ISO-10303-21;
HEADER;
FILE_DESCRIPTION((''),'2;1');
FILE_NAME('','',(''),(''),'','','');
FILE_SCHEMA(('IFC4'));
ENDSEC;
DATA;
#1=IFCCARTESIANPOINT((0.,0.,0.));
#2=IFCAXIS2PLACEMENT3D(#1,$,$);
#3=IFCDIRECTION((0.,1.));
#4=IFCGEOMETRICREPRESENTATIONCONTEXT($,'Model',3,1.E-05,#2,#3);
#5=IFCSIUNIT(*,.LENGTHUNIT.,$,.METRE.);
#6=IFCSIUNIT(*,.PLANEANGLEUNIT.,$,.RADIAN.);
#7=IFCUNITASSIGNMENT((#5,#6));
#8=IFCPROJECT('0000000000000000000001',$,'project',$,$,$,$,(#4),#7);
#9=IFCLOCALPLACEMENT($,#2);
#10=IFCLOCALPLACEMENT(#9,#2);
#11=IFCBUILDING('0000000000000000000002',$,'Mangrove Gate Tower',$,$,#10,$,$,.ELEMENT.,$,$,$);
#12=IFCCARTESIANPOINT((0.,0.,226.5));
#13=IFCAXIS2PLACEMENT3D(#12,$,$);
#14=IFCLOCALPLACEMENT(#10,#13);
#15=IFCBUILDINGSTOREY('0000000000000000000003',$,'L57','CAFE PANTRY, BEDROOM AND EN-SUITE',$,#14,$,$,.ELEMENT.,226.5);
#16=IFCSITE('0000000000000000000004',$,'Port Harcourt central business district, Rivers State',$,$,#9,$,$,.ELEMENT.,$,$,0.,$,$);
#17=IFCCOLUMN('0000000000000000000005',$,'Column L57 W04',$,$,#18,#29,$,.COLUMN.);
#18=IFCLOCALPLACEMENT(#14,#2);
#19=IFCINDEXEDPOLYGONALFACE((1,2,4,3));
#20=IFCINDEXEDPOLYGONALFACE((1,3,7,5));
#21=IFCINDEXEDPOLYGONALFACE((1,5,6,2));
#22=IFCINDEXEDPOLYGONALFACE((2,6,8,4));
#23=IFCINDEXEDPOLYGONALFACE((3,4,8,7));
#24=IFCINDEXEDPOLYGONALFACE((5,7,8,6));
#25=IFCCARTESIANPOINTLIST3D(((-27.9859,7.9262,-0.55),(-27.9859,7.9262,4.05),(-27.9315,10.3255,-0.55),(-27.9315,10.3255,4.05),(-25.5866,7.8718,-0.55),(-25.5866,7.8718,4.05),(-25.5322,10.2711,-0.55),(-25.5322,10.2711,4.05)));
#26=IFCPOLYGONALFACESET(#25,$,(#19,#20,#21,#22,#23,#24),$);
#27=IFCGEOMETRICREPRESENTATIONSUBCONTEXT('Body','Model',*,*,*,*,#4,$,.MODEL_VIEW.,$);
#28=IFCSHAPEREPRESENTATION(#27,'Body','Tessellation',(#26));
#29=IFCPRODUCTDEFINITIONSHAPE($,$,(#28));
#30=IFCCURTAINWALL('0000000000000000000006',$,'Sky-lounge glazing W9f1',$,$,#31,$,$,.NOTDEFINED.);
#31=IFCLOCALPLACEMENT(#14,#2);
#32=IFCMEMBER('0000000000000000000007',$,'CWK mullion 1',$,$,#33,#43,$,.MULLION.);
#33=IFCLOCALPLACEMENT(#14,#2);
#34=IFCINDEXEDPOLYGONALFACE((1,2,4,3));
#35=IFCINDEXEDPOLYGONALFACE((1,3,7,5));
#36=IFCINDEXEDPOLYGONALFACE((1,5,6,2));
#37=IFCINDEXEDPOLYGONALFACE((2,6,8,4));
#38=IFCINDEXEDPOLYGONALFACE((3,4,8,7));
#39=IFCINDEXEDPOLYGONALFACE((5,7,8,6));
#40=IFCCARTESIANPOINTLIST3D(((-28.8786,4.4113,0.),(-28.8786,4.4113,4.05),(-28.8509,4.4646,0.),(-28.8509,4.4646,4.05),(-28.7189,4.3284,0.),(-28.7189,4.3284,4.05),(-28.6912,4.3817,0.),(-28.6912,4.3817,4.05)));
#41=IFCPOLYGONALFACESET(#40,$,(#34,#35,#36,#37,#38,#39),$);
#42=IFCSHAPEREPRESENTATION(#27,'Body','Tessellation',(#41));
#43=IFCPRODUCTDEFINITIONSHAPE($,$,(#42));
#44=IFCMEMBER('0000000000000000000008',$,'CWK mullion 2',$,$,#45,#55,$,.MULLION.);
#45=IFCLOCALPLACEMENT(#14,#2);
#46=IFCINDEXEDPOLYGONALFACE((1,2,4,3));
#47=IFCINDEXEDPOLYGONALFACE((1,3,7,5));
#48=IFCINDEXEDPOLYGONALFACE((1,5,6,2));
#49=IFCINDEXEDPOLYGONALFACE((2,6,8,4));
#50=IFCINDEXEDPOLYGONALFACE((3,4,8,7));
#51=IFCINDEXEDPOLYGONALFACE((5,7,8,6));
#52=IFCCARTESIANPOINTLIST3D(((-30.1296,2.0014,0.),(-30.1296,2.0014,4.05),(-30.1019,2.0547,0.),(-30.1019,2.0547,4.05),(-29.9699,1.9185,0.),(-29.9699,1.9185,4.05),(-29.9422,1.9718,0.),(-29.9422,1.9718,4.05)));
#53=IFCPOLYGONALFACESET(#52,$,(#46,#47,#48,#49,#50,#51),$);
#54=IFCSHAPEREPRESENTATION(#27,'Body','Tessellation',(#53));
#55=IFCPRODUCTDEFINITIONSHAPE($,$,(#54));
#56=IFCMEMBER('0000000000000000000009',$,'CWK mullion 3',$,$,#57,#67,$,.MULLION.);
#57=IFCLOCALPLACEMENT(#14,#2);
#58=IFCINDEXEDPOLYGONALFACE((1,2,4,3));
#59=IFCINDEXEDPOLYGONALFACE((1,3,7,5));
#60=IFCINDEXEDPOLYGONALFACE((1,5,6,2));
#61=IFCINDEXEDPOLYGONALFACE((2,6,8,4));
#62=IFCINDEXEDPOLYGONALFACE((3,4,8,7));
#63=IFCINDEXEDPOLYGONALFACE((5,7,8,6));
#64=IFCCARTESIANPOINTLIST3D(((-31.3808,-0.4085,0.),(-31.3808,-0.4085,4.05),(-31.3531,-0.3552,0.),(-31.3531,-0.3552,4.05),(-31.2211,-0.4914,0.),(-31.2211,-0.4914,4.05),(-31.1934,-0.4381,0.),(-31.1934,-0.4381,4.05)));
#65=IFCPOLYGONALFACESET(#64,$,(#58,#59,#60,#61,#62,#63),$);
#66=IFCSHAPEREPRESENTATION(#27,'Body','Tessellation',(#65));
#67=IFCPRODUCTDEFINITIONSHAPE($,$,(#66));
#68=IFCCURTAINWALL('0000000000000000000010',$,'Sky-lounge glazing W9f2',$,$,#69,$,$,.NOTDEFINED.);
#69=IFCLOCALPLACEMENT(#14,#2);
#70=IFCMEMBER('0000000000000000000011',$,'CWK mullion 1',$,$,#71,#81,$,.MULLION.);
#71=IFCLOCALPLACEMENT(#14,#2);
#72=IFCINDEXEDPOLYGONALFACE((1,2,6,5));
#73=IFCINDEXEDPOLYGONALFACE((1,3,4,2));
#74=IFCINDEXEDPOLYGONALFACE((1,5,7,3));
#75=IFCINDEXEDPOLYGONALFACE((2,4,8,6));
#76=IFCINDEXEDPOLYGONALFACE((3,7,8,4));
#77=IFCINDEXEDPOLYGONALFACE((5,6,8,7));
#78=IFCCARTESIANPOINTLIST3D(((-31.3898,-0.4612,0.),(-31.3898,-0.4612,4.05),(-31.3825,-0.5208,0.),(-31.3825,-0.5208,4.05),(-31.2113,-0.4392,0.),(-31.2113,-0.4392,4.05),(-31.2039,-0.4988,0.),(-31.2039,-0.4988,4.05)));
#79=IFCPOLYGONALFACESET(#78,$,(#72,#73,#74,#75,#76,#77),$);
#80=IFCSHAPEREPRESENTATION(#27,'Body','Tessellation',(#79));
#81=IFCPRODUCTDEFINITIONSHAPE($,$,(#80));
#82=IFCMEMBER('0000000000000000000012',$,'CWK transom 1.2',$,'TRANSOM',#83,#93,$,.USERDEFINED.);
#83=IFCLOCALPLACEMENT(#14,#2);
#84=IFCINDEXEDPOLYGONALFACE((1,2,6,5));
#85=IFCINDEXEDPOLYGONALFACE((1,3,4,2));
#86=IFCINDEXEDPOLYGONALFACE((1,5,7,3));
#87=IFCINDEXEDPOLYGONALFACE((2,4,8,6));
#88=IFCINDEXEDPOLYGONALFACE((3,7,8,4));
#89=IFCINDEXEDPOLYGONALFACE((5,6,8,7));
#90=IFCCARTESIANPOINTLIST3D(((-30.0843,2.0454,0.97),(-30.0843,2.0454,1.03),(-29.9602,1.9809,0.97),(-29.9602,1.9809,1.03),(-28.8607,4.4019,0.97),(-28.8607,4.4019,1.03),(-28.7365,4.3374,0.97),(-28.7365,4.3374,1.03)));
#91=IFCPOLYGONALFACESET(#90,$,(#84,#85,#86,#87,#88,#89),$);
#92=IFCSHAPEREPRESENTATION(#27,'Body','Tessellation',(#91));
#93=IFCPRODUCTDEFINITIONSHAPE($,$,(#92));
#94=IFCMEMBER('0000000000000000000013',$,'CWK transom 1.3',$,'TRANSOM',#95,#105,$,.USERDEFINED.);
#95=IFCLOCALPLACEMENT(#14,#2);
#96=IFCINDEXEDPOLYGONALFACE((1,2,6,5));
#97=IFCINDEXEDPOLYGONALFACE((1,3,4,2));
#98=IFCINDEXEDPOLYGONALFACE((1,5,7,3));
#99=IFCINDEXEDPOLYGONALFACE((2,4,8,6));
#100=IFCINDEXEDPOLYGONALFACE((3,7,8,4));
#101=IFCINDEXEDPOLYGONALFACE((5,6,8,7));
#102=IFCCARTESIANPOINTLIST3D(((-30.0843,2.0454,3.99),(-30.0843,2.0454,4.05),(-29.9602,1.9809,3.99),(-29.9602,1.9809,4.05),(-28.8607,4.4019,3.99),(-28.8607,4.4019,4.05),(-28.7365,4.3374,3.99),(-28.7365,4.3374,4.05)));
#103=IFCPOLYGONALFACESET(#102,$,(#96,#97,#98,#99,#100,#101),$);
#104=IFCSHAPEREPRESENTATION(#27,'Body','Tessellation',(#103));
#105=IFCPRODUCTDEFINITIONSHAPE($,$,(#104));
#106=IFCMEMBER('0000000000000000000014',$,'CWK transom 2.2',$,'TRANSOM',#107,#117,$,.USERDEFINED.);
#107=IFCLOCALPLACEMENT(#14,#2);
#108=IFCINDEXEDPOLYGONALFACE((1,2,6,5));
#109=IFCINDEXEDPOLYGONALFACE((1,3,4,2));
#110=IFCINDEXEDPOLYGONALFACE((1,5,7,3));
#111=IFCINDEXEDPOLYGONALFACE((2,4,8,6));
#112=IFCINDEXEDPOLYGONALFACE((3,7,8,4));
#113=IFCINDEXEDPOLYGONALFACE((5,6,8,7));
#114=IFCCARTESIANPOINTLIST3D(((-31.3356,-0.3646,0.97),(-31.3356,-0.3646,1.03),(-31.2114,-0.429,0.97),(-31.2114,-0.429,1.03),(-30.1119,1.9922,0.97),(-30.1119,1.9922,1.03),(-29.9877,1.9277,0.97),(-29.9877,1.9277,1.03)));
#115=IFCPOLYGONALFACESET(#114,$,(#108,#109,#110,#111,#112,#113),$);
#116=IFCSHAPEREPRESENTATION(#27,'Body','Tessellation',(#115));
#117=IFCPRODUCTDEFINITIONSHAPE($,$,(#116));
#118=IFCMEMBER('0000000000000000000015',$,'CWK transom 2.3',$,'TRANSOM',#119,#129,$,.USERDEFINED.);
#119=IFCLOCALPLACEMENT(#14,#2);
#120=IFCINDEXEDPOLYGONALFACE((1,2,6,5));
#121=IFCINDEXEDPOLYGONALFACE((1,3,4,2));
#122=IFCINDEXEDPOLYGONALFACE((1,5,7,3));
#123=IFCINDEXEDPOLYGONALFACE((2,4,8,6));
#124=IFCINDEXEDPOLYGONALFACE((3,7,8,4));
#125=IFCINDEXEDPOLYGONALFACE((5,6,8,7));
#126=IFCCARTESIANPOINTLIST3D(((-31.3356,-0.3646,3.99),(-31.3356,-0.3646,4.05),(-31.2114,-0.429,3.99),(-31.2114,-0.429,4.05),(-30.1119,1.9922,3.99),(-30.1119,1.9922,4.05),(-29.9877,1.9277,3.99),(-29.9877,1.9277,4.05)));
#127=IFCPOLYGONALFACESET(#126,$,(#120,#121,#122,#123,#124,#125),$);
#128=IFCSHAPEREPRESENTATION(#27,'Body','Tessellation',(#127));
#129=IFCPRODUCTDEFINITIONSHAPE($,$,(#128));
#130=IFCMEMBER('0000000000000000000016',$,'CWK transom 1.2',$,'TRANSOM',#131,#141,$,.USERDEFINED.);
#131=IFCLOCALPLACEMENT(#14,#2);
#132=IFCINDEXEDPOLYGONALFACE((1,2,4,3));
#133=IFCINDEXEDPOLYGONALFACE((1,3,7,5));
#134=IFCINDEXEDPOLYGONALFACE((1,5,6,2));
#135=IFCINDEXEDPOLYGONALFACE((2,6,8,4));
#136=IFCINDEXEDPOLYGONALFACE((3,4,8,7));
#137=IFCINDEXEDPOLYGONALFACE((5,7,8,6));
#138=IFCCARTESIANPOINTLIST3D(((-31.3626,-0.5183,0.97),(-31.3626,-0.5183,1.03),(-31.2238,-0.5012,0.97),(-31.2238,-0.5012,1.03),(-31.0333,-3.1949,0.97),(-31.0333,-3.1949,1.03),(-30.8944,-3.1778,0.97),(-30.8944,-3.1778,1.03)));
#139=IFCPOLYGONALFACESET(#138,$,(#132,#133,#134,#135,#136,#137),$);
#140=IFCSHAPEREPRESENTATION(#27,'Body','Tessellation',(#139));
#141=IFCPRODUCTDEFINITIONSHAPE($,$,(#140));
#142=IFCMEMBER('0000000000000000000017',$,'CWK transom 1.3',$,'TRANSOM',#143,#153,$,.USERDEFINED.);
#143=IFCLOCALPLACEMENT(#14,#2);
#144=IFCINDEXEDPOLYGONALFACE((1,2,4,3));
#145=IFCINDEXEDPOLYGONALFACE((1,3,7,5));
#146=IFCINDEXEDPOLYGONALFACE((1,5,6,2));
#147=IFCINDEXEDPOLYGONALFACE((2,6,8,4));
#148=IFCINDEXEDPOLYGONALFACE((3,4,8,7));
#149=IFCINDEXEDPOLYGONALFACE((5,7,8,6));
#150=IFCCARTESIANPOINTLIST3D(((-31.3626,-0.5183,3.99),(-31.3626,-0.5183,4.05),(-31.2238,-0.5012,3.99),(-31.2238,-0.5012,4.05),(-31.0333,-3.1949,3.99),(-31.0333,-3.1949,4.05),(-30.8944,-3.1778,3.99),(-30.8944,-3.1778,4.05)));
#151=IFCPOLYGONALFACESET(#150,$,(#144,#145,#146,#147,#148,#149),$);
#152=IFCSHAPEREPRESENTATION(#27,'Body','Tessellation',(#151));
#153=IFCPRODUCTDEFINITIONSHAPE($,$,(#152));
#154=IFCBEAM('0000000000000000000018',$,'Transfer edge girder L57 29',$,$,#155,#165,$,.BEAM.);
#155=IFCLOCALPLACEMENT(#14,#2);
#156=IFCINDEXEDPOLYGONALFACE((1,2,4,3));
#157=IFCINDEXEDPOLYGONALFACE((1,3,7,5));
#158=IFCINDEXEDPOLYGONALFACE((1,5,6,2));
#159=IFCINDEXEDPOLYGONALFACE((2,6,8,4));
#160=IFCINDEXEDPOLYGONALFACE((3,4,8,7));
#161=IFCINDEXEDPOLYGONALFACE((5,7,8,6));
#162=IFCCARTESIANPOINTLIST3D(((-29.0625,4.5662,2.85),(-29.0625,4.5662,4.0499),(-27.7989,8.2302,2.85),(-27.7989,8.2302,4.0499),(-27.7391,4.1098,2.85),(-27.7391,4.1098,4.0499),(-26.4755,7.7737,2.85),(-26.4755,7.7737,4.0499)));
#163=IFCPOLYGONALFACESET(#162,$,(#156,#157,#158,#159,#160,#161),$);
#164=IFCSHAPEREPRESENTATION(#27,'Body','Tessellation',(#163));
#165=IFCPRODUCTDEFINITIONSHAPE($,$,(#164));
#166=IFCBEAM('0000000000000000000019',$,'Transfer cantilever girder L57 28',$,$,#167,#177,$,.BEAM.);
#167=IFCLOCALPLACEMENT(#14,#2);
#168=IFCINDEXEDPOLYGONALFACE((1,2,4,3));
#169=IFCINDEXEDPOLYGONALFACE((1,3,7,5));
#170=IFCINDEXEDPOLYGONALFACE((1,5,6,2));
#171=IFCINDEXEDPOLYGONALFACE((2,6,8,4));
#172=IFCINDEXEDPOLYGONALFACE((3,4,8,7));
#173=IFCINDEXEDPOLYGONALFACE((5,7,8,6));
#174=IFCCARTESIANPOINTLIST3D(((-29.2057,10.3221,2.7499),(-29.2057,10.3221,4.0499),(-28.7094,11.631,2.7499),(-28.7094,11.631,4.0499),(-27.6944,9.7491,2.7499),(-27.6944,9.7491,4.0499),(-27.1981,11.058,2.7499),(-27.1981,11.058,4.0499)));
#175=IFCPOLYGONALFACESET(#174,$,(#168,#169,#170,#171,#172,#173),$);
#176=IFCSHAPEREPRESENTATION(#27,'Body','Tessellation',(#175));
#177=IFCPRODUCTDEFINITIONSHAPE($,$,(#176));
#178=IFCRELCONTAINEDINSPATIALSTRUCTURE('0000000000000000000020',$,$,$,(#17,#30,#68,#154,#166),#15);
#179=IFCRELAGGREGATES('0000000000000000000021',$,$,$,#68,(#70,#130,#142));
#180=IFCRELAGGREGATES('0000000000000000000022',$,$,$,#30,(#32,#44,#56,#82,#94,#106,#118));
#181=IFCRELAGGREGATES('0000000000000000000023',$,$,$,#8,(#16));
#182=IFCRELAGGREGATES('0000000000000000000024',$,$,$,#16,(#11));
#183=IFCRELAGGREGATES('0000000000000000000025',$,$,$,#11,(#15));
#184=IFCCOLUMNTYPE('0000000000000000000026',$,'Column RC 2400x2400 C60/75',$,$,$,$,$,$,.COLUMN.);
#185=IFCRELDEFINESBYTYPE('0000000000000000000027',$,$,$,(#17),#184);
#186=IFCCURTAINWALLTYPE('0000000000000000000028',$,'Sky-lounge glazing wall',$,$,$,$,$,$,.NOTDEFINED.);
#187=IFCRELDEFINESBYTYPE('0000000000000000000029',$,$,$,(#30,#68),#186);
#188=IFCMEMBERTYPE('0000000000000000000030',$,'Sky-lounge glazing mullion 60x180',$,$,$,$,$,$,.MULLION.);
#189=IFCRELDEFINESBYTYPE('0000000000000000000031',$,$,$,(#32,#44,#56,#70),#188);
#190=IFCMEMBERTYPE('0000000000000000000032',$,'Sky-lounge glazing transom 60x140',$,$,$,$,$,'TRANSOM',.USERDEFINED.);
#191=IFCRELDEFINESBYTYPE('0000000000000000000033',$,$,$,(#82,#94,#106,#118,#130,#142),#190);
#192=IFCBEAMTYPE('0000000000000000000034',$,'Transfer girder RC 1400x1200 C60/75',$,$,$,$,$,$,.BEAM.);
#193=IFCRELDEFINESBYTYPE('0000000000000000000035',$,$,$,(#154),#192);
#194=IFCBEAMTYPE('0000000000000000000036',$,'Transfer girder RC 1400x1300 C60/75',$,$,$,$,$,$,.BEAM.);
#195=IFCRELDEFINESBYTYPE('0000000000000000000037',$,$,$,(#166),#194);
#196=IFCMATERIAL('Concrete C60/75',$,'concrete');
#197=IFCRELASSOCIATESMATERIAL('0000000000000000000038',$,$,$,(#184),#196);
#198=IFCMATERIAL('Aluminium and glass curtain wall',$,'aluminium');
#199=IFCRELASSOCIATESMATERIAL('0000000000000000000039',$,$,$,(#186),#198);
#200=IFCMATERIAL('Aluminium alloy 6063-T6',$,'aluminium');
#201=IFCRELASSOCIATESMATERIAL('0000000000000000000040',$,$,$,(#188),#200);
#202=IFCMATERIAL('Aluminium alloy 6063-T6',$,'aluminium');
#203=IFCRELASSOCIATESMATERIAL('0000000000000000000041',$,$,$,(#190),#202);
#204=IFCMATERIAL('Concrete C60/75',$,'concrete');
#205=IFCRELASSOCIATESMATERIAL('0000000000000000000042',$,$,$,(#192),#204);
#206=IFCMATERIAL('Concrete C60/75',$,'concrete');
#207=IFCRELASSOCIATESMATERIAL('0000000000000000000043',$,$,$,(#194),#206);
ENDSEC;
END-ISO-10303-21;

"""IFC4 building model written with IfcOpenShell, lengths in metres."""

from ifc_helpers import new_model, si_unit, direction, frame, origin, origin_2d, place, context, subcontext, project, spatial, rectangle, extrude, material, material_profile, profile_set, type_object, element, aggregate, save


model = new_model("IFC4")

# Units and contexts
model_context = context("Model", 3, precision=1e-05, world=origin(), true_north=direction((0.0, 1.0)))
body_context = subcontext(model_context, "Body", "Model", "MODEL_VIEW")
ifc_project = project(units=[si_unit("LENGTHUNIT", "METRE"), si_unit("PLANEANGLEUNIT", "RADIAN")], contexts=[model_context])

# Site, building, storey
site_placement = place(None, origin())
site = spatial("IfcSite", under=ifc_project, at=site_placement, Name="Port Harcourt central business district, Rivers State", CompositionType="ELEMENT", RefElevation=0.0)
building_placement = place(site_placement, origin())
building = spatial("IfcBuilding", under=site, at=building_placement, Name="Mangrove Gate Tower", CompositionType="ELEMENT")
storey_placement = place(building_placement, frame((0.0, 0.0, 226.5)))
storey = spatial("IfcBuildingStorey", under=building, at=storey_placement, Name="L57", Description="CAFE PANTRY, BEDROOM AND EN-SUITE", CompositionType="ELEMENT", Elevation=226.5)

# Column
ifc_material_1 = material(Name="Concrete C60/75", Category="concrete")
ifc_material_profile_1 = material_profile(ifc_material_1, rectangle(XDim=2.3999, YDim=2.3999, at=origin_2d()))
ifc_profile_set_1 = profile_set([ifc_material_profile_1], Name="Concrete C60/75")
column_type = type_object("IfcColumnType", Name="Column RC 2400x2400 C60/75", PredefinedType="COLUMN", material=ifc_profile_set_1)
column_placement = place(storey_placement, frame((-26.759, 9.0986, -0.55), z_axis=(0.0, 0.0, 1.0), x_axis=(-0.022658, -0.999743, 0.0)))
element("IfcColumn", 1, at=column_placement, inside=storey, type_object=column_type, Name="Column L57 W04", PredefinedType="COLUMN", context=body_context, shape_type="SweptSolid", body=[
    extrude(rectangle(XDim=2.3999, YDim=2.3999, at=origin_2d()), origin(), (0.0, 0.0, 1.0), 4.6001),
])

# Curtain wall, members
ifc_material_2 = material(Name="Aluminium and glass curtain wall", Category="aluminium")
curtain_wall_type = type_object("IfcCurtainWallType", Name="Sky-lounge glazing wall", PredefinedType="NOTDEFINED", material=ifc_material_2)
curtain_wall_1_placement = place(storey_placement, origin())
curtain_wall_1 = element("IfcCurtainWall", 2, at=curtain_wall_1_placement, inside=storey, type_object=curtain_wall_type, Name="Sky-lounge glazing W9f1", PredefinedType="NOTDEFINED")
ifc_material_3 = material(Name="Aluminium alloy 6063-T6", Category="aluminium")
ifc_material_profile_2 = material_profile(ifc_material_3, rectangle(XDim=0.0601, YDim=0.1799, at=origin_2d()))
ifc_profile_set_2 = profile_set([ifc_material_profile_2], Name="Aluminium alloy 6063-T6")
member_type_1 = type_object("IfcMemberType", Name="Sky-lounge glazing mullion 60x180", PredefinedType="MULLION", material=ifc_profile_set_2)
member_1_placement = place(storey_placement, frame((-28.7849, 4.3965, 0.0), z_axis=(0.0, 0.0, 1.0), x_axis=(-0.460785, -0.887512, 0.0)))
member_1 = element("IfcMember", 3, at=member_1_placement, type_object=member_type_1, Name="CWK mullion 1", PredefinedType="MULLION", context=body_context, shape_type="SweptSolid", body=[
    extrude(rectangle(XDim=0.0601, YDim=0.1799, at=origin_2d()), origin(), (0.0, 0.0, 1.0), 4.05),
])
member_2_placement = place(storey_placement, frame((-30.0359, 1.9866, 0.0), z_axis=(0.0, 0.0, 1.0), x_axis=(-0.460785, -0.887512, 0.0)))
member_2 = element("IfcMember", 4, at=member_2_placement, type_object=member_type_1, Name="CWK mullion 2", PredefinedType="MULLION", context=body_context, shape_type="SweptSolid", body=[
    extrude(rectangle(XDim=0.0601, YDim=0.1799, at=origin_2d()), origin(), (0.0, 0.0, 1.0), 4.05),
])
member_3_placement = place(storey_placement, frame((-31.2871, -0.4233, 0.0), z_axis=(0.0, 0.0, 1.0), x_axis=(-0.460785, -0.887512, 0.0)))
member_3 = element("IfcMember", 5, at=member_3_placement, type_object=member_type_1, Name="CWK mullion 3", PredefinedType="MULLION", context=body_context, shape_type="SweptSolid", body=[
    extrude(rectangle(XDim=0.0601, YDim=0.1799, at=origin_2d()), origin(), (0.0, 0.0, 1.0), 4.05),
])

# Curtain wall, member
curtain_wall_2_placement = place(storey_placement, origin())
curtain_wall_2 = element("IfcCurtainWall", 6, at=curtain_wall_2_placement, inside=storey, type_object=curtain_wall_type, Name="Sky-lounge glazing W9f2", PredefinedType="NOTDEFINED")
member_4_placement = place(storey_placement, frame((-31.2969, -0.48, 0.0), z_axis=(0.0, 0.0, 1.0), x_axis=(0.122172, -0.992509, 0.0)))
member_4 = element("IfcMember", 7, at=member_4_placement, type_object=member_type_1, Name="CWK mullion 1", PredefinedType="MULLION", context=body_context, shape_type="SweptSolid", body=[
    extrude(rectangle(XDim=0.0601, YDim=0.1799, at=origin_2d()), origin(), (0.0, 0.0, 1.0), 4.05),
])

# Members
ifc_material_4 = material(Name="Aluminium alloy 6063-T6", Category="aluminium")
ifc_material_profile_3 = material_profile(ifc_material_4, rectangle(XDim=0.0601, YDim=0.1399, at=origin_2d()))
ifc_profile_set_3 = profile_set([ifc_material_profile_3], Name="Aluminium alloy 6063-T6")
member_type_2 = type_object("IfcMemberType", Name="Sky-lounge glazing transom 60x140", ElementType="TRANSOM", PredefinedType="USERDEFINED", material=ifc_profile_set_3)
member_5_placement = place(storey_placement, frame((-28.7986, 4.3696, 1.0), z_axis=(-0.460843, -0.887482, 0.0), x_axis=(0.0, 0.0, 1.0)))
member_5 = element("IfcMember", 8, at=member_5_placement, type_object=member_type_2, Name="CWK transom 1.2", ObjectType="TRANSOM", PredefinedType="USERDEFINED", context=body_context, shape_type="SweptSolid", body=[
    extrude(rectangle(XDim=0.0601, YDim=0.1399, at=origin_2d()), origin(), (0.0, 0.0, 1.0), 2.6553),
])
member_6_placement = place(storey_placement, frame((-28.7986, 4.3696, 4.02), z_axis=(-0.460843, -0.887482, 0.0), x_axis=(0.0, 0.0, 1.0)))
member_6 = element("IfcMember", 9, at=member_6_placement, type_object=member_type_2, Name="CWK transom 1.3", ObjectType="TRANSOM", PredefinedType="USERDEFINED", context=body_context, shape_type="SweptSolid", body=[
    extrude(rectangle(XDim=0.0601, YDim=0.1399, at=origin_2d()), origin(), (0.0, 0.0, 1.0), 2.6553),
])
member_7_placement = place(storey_placement, frame((-30.0498, 1.96, 1.0), z_axis=(-0.460806, -0.887501, 0.0), x_axis=(0.0, 0.0, 1.0)))
member_7 = element("IfcMember", 10, at=member_7_placement, type_object=member_type_2, Name="CWK transom 2.2", ObjectType="TRANSOM", PredefinedType="USERDEFINED", context=body_context, shape_type="SweptSolid", body=[
    extrude(rectangle(XDim=0.0601, YDim=0.1399, at=origin_2d()), origin(), (0.0, 0.0, 1.0), 2.6555),
])
member_8_placement = place(storey_placement, frame((-30.0498, 1.96, 4.02), z_axis=(-0.460806, -0.887501, 0.0), x_axis=(0.0, 0.0, 1.0)))
member_8 = element("IfcMember", 11, at=member_8_placement, type_object=member_type_2, Name="CWK transom 2.3", ObjectType="TRANSOM", PredefinedType="USERDEFINED", context=body_context, shape_type="SweptSolid", body=[
    extrude(rectangle(XDim=0.0601, YDim=0.1399, at=origin_2d()), origin(), (0.0, 0.0, 1.0), 2.6555),
])
member_9_placement = place(storey_placement, frame((-31.2932, -0.5098, 1.0), z_axis=(0.122129, -0.992514, 0.0), x_axis=(0.0, 0.0, 1.0)))
member_9 = element("IfcMember", 12, at=member_9_placement, type_object=member_type_2, Name="CWK transom 1.2", ObjectType="TRANSOM", PredefinedType="USERDEFINED", context=body_context, shape_type="SweptSolid", body=[
    extrude(rectangle(XDim=0.0601, YDim=0.1399, at=origin_2d()), origin(), (0.0, 0.0, 1.0), 2.6968),
])
member_10_placement = place(storey_placement, frame((-31.2932, -0.5098, 4.02), z_axis=(0.122129, -0.992514, 0.0), x_axis=(0.0, 0.0, 1.0)))
member_10 = element("IfcMember", 13, at=member_10_placement, type_object=member_type_2, Name="CWK transom 1.3", ObjectType="TRANSOM", PredefinedType="USERDEFINED", context=body_context, shape_type="SweptSolid", body=[
    extrude(rectangle(XDim=0.0601, YDim=0.1399, at=origin_2d()), origin(), (0.0, 0.0, 1.0), 2.6968),
])
aggregate(curtain_wall_2, [member_4, member_9, member_10])

# Beams
ifc_material_5 = material(Name="Concrete C60/75", Category="concrete")
ifc_material_profile_4 = material_profile(ifc_material_5, rectangle(XDim=1.3999, YDim=1.2, at=origin_2d()))
ifc_profile_set_4 = profile_set([ifc_material_profile_4], Name="Concrete C60/75")
beam_type_1 = type_object("IfcBeamType", Name="Transfer girder RC 1400x1200 C60/75", PredefinedType="BEAM", material=ifc_profile_set_4)
beam_1_placement = place(storey_placement, frame((-27.1372, 8.002, 3.45), z_axis=(-0.326037, -0.945357, 0.0), x_axis=(0.945357, -0.326037, 0.0)))
element("IfcBeam", 14, at=beam_1_placement, inside=storey, type_object=beam_type_1, Name="Transfer edge girder L57 29", PredefinedType="BEAM", context=body_context, shape_type="SweptSolid", body=[
    extrude(rectangle(XDim=1.3999, YDim=1.2, at=origin_2d()), origin(), (0.0, 0.0, 1.0), 3.8757),
])
ifc_material_6 = material(Name="Concrete C60/75", Category="concrete")
ifc_material_profile_5 = material_profile(ifc_material_6, rectangle(XDim=1.3999, YDim=1.3, at=origin_2d()))
ifc_profile_set_5 = profile_set([ifc_material_profile_5], Name="Concrete C60/75")
beam_type_2 = type_object("IfcBeamType", Name="Transfer girder RC 1400x1300 C60/75", PredefinedType="BEAM", material=ifc_profile_set_5)
beam_2_placement = place(storey_placement, frame((-27.4463, 10.4036, 3.3999), z_axis=(-0.935044, 0.354531, 0.0), x_axis=(-0.354531, -0.935044, 0.0)))
element("IfcBeam", 15, at=beam_2_placement, inside=storey, type_object=beam_type_2, Name="Transfer cantilever girder L57 28", PredefinedType="BEAM", context=body_context, shape_type="SweptSolid", body=[
    extrude(rectangle(XDim=1.3999, YDim=1.3, at=origin_2d()), origin(), (0.0, 0.0, 1.0), 1.6162),
])

aggregate(curtain_wall_1, [member_1, member_2, member_3, member_5, member_6, member_7, member_8])

save(model, "model.ifc")
